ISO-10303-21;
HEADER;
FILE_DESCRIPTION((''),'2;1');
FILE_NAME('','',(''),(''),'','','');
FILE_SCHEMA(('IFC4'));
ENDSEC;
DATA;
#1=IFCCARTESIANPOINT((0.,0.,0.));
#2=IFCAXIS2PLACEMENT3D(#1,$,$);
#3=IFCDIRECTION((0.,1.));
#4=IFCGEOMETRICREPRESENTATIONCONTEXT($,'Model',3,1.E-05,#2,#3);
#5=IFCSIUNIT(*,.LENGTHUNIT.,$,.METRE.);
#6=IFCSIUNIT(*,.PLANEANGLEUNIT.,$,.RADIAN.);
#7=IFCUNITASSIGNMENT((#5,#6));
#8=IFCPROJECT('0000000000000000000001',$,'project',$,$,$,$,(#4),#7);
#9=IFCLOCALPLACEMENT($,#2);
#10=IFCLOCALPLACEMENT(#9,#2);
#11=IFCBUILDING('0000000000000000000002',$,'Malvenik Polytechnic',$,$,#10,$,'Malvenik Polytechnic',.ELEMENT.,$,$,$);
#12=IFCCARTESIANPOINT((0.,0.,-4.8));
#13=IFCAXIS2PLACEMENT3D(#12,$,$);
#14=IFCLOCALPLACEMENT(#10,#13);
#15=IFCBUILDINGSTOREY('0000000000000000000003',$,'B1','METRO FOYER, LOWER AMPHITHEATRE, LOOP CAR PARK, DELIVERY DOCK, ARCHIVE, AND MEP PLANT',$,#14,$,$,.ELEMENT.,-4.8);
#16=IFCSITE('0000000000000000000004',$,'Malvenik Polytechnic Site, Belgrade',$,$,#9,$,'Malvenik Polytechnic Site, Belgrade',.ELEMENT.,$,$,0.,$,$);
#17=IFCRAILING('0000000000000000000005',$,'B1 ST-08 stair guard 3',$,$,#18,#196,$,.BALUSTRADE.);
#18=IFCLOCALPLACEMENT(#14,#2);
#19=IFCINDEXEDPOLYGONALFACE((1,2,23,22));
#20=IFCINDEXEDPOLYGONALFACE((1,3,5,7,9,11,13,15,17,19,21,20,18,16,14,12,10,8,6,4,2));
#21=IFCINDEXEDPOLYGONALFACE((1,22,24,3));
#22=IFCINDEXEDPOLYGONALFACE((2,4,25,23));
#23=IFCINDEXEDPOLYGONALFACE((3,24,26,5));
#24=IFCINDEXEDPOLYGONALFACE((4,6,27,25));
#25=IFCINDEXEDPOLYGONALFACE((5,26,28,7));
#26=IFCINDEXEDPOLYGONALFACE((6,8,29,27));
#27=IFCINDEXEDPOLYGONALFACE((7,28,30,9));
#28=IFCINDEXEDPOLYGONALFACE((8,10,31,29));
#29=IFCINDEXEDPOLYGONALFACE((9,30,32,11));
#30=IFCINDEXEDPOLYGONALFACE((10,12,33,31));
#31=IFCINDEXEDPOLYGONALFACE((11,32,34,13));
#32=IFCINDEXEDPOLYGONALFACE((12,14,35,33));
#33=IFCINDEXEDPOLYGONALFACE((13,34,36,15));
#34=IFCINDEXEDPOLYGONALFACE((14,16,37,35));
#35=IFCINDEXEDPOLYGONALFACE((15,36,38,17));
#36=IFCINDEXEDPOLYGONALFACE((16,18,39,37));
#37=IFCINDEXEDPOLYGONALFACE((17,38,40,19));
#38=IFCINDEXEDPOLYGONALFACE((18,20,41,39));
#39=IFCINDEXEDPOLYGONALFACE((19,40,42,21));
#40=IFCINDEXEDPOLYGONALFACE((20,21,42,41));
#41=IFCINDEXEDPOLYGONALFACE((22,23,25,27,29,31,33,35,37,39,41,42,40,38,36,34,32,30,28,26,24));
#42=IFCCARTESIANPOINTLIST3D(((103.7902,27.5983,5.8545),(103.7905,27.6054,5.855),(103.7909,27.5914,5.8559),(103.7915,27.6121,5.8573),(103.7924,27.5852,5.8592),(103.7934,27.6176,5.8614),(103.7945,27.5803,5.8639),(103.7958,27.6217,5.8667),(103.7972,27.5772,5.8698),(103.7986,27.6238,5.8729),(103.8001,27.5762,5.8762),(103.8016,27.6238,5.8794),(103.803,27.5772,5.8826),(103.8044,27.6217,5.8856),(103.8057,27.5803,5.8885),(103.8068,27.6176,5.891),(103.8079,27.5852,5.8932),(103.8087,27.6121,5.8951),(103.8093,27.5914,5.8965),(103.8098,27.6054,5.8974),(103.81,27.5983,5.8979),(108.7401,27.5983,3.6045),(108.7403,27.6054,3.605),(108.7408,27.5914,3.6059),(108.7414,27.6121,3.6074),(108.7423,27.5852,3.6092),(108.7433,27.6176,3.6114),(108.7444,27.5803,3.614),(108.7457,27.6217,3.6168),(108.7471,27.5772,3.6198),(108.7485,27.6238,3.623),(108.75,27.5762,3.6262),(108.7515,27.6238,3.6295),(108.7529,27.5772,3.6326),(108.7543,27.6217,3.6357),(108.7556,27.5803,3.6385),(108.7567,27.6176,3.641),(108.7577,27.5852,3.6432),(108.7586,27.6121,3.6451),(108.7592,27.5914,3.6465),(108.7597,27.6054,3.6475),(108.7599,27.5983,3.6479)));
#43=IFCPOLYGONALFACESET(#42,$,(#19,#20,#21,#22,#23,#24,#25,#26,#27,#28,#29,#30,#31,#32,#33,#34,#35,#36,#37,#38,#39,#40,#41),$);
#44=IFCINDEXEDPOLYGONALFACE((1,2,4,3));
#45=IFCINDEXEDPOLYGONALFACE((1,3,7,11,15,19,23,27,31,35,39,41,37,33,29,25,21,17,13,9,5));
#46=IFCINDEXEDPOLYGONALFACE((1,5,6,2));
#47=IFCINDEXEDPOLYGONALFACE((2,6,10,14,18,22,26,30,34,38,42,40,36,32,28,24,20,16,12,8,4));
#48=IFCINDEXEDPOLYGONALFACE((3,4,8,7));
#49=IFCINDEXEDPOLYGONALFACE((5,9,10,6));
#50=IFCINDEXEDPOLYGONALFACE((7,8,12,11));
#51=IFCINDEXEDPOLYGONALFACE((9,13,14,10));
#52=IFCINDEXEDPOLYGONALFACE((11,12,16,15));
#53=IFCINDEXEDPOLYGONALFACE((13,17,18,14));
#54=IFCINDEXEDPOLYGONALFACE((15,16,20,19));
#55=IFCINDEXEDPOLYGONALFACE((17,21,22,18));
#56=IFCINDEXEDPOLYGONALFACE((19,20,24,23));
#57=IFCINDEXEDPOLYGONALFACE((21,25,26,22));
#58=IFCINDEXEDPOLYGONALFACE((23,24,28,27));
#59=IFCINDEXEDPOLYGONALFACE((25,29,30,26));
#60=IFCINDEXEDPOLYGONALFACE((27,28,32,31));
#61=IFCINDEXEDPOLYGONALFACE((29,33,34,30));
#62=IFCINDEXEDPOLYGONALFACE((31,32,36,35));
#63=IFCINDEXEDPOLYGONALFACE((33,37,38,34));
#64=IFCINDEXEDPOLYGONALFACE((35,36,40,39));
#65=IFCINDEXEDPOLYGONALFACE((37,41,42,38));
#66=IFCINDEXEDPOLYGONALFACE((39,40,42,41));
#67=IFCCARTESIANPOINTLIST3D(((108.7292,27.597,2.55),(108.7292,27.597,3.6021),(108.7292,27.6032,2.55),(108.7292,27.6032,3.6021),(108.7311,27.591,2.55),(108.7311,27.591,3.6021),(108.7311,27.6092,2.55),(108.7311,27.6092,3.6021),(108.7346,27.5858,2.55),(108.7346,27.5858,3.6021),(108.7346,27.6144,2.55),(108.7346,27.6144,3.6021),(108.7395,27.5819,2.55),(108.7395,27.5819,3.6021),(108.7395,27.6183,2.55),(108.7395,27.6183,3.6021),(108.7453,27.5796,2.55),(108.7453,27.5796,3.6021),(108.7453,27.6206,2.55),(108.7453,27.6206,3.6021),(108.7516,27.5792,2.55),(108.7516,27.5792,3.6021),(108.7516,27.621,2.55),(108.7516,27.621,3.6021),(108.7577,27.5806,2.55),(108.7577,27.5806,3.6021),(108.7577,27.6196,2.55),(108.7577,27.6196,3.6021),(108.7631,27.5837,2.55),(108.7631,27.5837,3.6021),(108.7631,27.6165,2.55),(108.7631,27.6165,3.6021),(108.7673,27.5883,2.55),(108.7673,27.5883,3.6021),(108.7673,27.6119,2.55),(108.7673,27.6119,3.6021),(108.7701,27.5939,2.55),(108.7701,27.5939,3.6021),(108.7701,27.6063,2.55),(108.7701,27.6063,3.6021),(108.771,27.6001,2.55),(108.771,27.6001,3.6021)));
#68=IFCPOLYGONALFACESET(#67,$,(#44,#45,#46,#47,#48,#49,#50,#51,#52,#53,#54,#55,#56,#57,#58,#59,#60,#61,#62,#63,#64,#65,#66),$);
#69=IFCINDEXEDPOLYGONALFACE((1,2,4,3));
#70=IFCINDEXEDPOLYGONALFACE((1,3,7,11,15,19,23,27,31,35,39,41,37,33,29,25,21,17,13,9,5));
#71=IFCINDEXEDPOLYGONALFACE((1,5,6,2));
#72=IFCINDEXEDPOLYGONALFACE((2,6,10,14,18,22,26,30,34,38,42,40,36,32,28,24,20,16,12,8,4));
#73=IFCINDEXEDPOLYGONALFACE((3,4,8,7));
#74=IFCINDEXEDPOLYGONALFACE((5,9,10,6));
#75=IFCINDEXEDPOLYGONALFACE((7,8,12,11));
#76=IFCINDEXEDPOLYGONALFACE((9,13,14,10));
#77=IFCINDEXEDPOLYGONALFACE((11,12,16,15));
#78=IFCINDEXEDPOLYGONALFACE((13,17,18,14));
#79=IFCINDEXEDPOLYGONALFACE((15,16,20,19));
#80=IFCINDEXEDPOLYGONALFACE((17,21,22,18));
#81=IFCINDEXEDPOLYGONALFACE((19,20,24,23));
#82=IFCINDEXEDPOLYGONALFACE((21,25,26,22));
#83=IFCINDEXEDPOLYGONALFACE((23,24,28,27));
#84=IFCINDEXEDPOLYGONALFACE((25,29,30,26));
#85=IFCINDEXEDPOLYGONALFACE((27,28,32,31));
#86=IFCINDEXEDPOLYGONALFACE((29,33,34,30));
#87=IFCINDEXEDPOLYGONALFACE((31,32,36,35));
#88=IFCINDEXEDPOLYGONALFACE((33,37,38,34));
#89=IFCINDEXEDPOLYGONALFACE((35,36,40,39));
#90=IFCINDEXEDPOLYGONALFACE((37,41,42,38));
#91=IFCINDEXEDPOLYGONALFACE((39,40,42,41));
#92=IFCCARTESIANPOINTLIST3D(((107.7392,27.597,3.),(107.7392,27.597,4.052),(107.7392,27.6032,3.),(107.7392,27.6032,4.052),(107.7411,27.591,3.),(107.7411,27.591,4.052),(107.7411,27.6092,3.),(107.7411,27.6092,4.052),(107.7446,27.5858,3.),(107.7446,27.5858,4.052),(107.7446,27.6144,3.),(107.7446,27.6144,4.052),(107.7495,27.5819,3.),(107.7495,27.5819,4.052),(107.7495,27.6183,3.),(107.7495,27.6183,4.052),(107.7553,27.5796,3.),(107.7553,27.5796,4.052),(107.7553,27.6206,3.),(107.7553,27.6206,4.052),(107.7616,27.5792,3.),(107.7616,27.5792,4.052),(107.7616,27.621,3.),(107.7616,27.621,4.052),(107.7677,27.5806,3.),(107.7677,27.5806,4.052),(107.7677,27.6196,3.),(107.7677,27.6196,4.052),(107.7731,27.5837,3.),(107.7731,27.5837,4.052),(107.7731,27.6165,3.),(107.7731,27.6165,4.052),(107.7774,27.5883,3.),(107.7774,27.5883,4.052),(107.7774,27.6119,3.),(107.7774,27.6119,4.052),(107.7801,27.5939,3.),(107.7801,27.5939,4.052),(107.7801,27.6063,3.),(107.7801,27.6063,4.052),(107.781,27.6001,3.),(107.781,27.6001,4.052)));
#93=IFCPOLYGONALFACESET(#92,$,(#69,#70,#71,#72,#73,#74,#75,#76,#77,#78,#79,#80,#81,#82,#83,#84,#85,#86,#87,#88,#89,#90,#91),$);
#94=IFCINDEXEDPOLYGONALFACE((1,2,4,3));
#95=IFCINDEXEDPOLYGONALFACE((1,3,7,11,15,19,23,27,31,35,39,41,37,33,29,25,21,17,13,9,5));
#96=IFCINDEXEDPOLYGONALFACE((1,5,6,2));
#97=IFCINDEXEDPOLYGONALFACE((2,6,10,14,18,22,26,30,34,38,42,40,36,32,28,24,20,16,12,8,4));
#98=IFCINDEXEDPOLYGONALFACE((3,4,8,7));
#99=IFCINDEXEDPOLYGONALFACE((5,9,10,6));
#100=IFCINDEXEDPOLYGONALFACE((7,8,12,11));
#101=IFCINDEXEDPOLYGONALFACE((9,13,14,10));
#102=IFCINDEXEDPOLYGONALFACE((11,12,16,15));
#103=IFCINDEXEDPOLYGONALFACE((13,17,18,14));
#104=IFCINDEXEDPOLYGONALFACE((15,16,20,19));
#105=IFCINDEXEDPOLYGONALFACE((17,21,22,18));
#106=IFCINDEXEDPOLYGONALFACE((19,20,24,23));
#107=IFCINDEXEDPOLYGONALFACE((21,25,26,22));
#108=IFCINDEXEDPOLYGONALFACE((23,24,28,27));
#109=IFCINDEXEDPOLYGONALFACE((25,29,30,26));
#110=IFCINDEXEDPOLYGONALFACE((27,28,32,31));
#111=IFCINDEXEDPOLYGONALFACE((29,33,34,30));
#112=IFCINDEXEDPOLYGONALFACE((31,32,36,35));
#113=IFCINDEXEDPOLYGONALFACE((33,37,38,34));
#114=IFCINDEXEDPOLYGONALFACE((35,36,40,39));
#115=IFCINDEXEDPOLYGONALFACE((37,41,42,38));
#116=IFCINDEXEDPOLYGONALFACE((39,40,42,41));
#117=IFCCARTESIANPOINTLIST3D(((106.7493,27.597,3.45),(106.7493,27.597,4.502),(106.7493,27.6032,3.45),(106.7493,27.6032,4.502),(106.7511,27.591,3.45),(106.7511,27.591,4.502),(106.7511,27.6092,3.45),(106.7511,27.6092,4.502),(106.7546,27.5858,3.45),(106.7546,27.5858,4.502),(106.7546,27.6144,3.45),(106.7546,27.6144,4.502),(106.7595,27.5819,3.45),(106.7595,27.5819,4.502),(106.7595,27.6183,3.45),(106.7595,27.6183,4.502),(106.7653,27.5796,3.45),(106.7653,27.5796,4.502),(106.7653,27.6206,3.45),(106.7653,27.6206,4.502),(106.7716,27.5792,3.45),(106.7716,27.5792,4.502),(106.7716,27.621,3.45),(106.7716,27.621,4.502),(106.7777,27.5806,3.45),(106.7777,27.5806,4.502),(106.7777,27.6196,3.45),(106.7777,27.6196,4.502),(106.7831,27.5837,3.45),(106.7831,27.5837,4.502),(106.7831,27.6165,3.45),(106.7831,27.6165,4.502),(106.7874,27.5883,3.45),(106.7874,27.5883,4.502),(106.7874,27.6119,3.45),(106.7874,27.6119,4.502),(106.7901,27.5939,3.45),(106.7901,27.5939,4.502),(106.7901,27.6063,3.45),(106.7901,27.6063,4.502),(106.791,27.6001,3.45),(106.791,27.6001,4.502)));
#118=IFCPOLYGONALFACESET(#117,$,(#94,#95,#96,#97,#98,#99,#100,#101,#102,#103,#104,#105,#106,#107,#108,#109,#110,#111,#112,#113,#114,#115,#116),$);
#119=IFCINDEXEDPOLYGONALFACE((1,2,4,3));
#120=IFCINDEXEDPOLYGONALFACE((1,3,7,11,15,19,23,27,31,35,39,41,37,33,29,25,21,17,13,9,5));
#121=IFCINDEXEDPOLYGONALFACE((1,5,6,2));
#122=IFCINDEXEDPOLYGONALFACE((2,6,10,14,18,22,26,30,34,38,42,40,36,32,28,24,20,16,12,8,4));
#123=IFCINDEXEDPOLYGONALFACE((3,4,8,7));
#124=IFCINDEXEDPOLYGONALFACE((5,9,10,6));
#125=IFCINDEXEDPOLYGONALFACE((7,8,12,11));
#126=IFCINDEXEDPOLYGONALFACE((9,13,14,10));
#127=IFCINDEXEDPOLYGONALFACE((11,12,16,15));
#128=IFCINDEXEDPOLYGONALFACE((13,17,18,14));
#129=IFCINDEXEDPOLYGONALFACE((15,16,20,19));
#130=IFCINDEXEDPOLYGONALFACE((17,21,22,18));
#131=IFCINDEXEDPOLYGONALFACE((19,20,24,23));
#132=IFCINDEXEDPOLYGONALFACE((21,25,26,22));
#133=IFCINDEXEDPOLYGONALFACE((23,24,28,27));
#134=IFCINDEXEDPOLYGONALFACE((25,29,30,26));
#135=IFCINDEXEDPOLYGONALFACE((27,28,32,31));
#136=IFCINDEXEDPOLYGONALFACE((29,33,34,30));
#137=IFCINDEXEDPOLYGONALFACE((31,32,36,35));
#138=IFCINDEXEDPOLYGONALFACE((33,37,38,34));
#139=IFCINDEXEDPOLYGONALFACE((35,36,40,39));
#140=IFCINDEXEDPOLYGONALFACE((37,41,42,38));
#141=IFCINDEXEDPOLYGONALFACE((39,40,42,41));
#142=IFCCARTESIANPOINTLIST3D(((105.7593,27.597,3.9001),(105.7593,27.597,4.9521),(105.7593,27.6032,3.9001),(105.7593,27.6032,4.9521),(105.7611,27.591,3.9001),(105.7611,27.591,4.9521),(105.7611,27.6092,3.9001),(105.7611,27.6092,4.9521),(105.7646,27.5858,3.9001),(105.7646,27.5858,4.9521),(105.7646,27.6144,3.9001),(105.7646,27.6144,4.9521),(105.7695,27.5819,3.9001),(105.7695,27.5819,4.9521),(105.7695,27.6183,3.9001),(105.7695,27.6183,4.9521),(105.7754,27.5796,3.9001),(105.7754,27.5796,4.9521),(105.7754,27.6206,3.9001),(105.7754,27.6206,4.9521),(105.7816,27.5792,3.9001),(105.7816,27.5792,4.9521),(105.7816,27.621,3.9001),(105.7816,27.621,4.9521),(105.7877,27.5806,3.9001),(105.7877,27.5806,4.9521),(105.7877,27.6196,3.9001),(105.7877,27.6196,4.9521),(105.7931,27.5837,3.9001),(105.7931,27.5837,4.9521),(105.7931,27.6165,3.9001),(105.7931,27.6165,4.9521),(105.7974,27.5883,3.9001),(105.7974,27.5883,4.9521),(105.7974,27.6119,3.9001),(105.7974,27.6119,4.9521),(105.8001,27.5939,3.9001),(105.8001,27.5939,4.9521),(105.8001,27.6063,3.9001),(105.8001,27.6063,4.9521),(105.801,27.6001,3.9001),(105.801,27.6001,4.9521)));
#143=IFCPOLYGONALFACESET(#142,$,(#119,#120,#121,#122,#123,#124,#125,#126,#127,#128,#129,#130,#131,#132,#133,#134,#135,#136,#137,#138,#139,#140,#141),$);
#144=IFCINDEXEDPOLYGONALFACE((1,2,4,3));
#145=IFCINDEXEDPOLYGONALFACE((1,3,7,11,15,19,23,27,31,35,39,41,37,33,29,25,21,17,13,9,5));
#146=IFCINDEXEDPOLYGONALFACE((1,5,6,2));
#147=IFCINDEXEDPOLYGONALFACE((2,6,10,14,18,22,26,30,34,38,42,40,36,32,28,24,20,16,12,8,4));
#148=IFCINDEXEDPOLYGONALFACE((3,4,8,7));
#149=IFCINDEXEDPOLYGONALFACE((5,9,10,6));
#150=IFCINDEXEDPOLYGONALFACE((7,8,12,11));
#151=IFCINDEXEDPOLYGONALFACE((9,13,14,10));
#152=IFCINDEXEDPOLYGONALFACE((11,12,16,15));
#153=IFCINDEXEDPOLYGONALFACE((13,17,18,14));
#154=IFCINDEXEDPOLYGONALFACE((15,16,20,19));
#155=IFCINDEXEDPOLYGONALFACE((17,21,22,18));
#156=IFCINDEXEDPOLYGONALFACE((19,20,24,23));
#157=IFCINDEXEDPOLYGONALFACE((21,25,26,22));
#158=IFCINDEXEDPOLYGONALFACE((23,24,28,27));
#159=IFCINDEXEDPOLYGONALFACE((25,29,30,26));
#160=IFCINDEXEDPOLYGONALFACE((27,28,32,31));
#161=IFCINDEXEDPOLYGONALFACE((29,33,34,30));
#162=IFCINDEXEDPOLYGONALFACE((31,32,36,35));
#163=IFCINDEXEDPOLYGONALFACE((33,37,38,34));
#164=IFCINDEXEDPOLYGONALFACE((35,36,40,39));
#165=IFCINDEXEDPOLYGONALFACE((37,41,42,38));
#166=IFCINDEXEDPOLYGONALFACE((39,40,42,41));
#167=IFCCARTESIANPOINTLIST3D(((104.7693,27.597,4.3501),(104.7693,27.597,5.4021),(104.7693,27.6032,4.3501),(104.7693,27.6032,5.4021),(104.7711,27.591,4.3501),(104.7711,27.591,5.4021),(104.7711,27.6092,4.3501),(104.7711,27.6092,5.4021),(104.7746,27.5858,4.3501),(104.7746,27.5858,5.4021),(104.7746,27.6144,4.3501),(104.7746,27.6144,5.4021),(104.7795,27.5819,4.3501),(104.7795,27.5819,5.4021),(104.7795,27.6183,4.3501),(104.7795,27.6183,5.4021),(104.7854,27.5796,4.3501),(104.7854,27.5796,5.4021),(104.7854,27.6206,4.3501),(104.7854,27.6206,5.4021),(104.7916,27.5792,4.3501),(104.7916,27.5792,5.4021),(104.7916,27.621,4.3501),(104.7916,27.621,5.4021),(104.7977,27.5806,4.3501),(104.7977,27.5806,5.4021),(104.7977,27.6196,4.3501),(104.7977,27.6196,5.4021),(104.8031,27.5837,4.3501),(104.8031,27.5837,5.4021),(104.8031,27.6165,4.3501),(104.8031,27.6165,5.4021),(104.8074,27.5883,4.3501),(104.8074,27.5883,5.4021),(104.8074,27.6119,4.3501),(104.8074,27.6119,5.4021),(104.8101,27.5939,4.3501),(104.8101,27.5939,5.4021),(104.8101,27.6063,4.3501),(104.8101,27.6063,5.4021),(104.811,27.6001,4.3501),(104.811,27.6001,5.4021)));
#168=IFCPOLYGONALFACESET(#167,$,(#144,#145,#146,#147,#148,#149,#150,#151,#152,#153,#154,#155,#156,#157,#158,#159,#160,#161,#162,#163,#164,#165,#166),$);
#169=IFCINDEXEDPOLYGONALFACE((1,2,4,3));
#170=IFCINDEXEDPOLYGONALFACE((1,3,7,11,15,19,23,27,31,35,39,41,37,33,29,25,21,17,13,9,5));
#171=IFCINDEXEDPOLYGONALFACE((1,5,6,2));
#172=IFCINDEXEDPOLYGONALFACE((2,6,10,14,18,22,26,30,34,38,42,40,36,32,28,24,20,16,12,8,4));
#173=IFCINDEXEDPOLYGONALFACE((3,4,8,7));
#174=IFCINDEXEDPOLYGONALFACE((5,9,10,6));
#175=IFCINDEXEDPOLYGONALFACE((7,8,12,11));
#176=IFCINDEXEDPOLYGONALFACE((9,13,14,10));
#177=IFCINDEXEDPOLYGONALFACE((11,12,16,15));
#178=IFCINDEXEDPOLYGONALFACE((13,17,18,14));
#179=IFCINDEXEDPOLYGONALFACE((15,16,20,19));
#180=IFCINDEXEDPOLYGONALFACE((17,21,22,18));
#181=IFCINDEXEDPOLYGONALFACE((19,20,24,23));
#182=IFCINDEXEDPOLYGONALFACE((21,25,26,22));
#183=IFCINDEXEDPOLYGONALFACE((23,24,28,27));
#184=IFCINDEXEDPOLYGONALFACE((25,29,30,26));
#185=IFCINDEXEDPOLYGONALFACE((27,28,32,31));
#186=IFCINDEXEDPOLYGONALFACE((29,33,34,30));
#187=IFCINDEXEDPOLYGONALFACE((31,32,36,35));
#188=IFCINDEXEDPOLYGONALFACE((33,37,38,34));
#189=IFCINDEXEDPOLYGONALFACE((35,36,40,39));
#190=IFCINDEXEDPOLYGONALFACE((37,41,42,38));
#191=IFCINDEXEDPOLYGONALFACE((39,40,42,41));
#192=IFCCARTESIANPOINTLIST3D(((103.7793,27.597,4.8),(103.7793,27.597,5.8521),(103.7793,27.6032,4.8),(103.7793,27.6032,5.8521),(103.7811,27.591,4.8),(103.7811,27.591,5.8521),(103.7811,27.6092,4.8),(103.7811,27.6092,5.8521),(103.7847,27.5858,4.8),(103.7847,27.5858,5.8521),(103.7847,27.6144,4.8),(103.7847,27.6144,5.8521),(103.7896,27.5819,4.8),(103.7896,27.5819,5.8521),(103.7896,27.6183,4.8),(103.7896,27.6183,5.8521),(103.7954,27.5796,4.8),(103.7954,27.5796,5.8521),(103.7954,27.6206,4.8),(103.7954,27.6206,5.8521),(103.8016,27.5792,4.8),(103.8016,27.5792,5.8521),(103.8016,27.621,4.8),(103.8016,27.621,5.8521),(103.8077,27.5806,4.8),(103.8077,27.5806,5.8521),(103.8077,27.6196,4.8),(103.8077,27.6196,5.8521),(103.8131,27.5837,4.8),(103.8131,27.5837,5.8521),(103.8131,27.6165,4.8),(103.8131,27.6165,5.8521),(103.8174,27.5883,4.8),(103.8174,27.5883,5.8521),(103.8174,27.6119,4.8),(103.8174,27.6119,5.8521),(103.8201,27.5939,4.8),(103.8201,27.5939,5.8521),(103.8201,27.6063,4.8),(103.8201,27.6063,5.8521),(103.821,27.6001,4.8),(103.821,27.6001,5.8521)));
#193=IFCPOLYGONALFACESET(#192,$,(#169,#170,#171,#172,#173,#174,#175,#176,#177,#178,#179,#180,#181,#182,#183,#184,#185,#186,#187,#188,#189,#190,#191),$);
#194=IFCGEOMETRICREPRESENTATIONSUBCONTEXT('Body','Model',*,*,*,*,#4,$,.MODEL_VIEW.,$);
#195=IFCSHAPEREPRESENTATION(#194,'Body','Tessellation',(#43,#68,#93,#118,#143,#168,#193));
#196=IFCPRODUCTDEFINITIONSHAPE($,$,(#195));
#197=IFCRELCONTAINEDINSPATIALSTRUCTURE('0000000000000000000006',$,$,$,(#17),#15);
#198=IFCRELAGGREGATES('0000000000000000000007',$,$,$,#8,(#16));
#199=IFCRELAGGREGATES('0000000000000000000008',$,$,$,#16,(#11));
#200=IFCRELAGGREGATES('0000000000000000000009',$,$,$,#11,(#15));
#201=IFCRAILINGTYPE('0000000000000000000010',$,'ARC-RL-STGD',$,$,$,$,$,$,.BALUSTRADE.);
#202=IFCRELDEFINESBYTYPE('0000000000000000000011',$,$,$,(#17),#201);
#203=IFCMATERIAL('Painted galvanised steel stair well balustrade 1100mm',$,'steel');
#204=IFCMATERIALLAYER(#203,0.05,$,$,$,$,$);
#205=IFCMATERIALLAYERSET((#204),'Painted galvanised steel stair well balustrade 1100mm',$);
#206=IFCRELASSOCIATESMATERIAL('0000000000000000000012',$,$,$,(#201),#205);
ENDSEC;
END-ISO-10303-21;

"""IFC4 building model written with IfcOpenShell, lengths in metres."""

from ifc_helpers import new_model, si_unit, direction, frame, origin, origin_2d, place, context, subcontext, project, spatial, circle, extrude, material, layer, layer_set, type_object, element, save


model = new_model("IFC4")

# Units and contexts
model_context = context("Model", 3, precision=1e-05, world=origin(), true_north=direction((0.0, 1.0)))
body_context = subcontext(model_context, "Body", "Model", "MODEL_VIEW")
ifc_project = project(units=[si_unit("LENGTHUNIT", "METRE"), si_unit("PLANEANGLEUNIT", "RADIAN")], contexts=[model_context])

# Site, building, storey
site_placement = place(None, origin())
site = spatial("IfcSite", under=ifc_project, at=site_placement, Name="Malvenik Polytechnic Site, Belgrade", LongName="Malvenik Polytechnic Site, Belgrade", CompositionType="ELEMENT", RefElevation=0.0)
building_placement = place(site_placement, origin())
building = spatial("IfcBuilding", under=site, at=building_placement, Name="Malvenik Polytechnic", LongName="Malvenik Polytechnic", CompositionType="ELEMENT")
storey_placement = place(building_placement, frame((0.0, 0.0, -4.8)))
storey = spatial("IfcBuildingStorey", under=building, at=storey_placement, Name="B1", Description="METRO FOYER, LOWER AMPHITHEATRE, LOOP CAR PARK, DELIVERY DOCK, ARCHIVE, AND MEP PLANT", CompositionType="ELEMENT", Elevation=-4.8)

# Railing
ifc_material_1 = material(Name="Painted galvanised steel stair well balustrade 1100mm", Category="steel")
ifc_layer_1 = layer(ifc_material_1, 0.05)
ifc_layer_set_1 = layer_set([ifc_layer_1], Name="Painted galvanised steel stair well balustrade 1100mm")
railing_type_1 = type_object("IfcRailingType", Name="ARC-RL-STGD", PredefinedType="BALUSTRADE", material=ifc_layer_set_1)
railing_1_placement = place(storey_placement, frame((108.75, 27.6001, 2.55)))
element("IfcRailing", 1, at=railing_1_placement, inside=storey, type_object=railing_type_1, Name="B1 ST-08 stair guard 3", PredefinedType="BALUSTRADE", context=body_context, shape_type="SweptSolid", body=[
    extrude(circle(Radius=0.0239, at=origin_2d()), frame((0.0, 0.0, 1.0762), z_axis=(-0.910365, 0.0, 0.413806), x_axis=(0.0, -1.0, 0.0)), (0.0, 0.0, 1.0), 5.4373),
    extrude(circle(Radius=0.021, at=origin_2d()), origin(), (0.0, 0.0, 1.0), 1.052),
    extrude(circle(Radius=0.021, at=origin_2d()), frame((-0.99, 0.0, 0.45)), (0.0, 0.0, 1.0), 1.052),
    extrude(circle(Radius=0.021, at=origin_2d()), frame((-1.98, 0.0, 0.8999)), (0.0, 0.0, 1.0), 1.052),
    extrude(circle(Radius=0.021, at=origin_2d()), frame((-2.97, 0.0, 1.3501)), (0.0, 0.0, 1.0), 1.052),
    extrude(circle(Radius=0.021, at=origin_2d()), frame((-3.96, 0.0, 1.8)), (0.0, 0.0, 1.0), 1.052),
    extrude(circle(Radius=0.021, at=origin_2d()), frame((-4.95, 0.0, 2.25)), (0.0, 0.0, 1.0), 1.052),
])

save(model, "model.ifc")
